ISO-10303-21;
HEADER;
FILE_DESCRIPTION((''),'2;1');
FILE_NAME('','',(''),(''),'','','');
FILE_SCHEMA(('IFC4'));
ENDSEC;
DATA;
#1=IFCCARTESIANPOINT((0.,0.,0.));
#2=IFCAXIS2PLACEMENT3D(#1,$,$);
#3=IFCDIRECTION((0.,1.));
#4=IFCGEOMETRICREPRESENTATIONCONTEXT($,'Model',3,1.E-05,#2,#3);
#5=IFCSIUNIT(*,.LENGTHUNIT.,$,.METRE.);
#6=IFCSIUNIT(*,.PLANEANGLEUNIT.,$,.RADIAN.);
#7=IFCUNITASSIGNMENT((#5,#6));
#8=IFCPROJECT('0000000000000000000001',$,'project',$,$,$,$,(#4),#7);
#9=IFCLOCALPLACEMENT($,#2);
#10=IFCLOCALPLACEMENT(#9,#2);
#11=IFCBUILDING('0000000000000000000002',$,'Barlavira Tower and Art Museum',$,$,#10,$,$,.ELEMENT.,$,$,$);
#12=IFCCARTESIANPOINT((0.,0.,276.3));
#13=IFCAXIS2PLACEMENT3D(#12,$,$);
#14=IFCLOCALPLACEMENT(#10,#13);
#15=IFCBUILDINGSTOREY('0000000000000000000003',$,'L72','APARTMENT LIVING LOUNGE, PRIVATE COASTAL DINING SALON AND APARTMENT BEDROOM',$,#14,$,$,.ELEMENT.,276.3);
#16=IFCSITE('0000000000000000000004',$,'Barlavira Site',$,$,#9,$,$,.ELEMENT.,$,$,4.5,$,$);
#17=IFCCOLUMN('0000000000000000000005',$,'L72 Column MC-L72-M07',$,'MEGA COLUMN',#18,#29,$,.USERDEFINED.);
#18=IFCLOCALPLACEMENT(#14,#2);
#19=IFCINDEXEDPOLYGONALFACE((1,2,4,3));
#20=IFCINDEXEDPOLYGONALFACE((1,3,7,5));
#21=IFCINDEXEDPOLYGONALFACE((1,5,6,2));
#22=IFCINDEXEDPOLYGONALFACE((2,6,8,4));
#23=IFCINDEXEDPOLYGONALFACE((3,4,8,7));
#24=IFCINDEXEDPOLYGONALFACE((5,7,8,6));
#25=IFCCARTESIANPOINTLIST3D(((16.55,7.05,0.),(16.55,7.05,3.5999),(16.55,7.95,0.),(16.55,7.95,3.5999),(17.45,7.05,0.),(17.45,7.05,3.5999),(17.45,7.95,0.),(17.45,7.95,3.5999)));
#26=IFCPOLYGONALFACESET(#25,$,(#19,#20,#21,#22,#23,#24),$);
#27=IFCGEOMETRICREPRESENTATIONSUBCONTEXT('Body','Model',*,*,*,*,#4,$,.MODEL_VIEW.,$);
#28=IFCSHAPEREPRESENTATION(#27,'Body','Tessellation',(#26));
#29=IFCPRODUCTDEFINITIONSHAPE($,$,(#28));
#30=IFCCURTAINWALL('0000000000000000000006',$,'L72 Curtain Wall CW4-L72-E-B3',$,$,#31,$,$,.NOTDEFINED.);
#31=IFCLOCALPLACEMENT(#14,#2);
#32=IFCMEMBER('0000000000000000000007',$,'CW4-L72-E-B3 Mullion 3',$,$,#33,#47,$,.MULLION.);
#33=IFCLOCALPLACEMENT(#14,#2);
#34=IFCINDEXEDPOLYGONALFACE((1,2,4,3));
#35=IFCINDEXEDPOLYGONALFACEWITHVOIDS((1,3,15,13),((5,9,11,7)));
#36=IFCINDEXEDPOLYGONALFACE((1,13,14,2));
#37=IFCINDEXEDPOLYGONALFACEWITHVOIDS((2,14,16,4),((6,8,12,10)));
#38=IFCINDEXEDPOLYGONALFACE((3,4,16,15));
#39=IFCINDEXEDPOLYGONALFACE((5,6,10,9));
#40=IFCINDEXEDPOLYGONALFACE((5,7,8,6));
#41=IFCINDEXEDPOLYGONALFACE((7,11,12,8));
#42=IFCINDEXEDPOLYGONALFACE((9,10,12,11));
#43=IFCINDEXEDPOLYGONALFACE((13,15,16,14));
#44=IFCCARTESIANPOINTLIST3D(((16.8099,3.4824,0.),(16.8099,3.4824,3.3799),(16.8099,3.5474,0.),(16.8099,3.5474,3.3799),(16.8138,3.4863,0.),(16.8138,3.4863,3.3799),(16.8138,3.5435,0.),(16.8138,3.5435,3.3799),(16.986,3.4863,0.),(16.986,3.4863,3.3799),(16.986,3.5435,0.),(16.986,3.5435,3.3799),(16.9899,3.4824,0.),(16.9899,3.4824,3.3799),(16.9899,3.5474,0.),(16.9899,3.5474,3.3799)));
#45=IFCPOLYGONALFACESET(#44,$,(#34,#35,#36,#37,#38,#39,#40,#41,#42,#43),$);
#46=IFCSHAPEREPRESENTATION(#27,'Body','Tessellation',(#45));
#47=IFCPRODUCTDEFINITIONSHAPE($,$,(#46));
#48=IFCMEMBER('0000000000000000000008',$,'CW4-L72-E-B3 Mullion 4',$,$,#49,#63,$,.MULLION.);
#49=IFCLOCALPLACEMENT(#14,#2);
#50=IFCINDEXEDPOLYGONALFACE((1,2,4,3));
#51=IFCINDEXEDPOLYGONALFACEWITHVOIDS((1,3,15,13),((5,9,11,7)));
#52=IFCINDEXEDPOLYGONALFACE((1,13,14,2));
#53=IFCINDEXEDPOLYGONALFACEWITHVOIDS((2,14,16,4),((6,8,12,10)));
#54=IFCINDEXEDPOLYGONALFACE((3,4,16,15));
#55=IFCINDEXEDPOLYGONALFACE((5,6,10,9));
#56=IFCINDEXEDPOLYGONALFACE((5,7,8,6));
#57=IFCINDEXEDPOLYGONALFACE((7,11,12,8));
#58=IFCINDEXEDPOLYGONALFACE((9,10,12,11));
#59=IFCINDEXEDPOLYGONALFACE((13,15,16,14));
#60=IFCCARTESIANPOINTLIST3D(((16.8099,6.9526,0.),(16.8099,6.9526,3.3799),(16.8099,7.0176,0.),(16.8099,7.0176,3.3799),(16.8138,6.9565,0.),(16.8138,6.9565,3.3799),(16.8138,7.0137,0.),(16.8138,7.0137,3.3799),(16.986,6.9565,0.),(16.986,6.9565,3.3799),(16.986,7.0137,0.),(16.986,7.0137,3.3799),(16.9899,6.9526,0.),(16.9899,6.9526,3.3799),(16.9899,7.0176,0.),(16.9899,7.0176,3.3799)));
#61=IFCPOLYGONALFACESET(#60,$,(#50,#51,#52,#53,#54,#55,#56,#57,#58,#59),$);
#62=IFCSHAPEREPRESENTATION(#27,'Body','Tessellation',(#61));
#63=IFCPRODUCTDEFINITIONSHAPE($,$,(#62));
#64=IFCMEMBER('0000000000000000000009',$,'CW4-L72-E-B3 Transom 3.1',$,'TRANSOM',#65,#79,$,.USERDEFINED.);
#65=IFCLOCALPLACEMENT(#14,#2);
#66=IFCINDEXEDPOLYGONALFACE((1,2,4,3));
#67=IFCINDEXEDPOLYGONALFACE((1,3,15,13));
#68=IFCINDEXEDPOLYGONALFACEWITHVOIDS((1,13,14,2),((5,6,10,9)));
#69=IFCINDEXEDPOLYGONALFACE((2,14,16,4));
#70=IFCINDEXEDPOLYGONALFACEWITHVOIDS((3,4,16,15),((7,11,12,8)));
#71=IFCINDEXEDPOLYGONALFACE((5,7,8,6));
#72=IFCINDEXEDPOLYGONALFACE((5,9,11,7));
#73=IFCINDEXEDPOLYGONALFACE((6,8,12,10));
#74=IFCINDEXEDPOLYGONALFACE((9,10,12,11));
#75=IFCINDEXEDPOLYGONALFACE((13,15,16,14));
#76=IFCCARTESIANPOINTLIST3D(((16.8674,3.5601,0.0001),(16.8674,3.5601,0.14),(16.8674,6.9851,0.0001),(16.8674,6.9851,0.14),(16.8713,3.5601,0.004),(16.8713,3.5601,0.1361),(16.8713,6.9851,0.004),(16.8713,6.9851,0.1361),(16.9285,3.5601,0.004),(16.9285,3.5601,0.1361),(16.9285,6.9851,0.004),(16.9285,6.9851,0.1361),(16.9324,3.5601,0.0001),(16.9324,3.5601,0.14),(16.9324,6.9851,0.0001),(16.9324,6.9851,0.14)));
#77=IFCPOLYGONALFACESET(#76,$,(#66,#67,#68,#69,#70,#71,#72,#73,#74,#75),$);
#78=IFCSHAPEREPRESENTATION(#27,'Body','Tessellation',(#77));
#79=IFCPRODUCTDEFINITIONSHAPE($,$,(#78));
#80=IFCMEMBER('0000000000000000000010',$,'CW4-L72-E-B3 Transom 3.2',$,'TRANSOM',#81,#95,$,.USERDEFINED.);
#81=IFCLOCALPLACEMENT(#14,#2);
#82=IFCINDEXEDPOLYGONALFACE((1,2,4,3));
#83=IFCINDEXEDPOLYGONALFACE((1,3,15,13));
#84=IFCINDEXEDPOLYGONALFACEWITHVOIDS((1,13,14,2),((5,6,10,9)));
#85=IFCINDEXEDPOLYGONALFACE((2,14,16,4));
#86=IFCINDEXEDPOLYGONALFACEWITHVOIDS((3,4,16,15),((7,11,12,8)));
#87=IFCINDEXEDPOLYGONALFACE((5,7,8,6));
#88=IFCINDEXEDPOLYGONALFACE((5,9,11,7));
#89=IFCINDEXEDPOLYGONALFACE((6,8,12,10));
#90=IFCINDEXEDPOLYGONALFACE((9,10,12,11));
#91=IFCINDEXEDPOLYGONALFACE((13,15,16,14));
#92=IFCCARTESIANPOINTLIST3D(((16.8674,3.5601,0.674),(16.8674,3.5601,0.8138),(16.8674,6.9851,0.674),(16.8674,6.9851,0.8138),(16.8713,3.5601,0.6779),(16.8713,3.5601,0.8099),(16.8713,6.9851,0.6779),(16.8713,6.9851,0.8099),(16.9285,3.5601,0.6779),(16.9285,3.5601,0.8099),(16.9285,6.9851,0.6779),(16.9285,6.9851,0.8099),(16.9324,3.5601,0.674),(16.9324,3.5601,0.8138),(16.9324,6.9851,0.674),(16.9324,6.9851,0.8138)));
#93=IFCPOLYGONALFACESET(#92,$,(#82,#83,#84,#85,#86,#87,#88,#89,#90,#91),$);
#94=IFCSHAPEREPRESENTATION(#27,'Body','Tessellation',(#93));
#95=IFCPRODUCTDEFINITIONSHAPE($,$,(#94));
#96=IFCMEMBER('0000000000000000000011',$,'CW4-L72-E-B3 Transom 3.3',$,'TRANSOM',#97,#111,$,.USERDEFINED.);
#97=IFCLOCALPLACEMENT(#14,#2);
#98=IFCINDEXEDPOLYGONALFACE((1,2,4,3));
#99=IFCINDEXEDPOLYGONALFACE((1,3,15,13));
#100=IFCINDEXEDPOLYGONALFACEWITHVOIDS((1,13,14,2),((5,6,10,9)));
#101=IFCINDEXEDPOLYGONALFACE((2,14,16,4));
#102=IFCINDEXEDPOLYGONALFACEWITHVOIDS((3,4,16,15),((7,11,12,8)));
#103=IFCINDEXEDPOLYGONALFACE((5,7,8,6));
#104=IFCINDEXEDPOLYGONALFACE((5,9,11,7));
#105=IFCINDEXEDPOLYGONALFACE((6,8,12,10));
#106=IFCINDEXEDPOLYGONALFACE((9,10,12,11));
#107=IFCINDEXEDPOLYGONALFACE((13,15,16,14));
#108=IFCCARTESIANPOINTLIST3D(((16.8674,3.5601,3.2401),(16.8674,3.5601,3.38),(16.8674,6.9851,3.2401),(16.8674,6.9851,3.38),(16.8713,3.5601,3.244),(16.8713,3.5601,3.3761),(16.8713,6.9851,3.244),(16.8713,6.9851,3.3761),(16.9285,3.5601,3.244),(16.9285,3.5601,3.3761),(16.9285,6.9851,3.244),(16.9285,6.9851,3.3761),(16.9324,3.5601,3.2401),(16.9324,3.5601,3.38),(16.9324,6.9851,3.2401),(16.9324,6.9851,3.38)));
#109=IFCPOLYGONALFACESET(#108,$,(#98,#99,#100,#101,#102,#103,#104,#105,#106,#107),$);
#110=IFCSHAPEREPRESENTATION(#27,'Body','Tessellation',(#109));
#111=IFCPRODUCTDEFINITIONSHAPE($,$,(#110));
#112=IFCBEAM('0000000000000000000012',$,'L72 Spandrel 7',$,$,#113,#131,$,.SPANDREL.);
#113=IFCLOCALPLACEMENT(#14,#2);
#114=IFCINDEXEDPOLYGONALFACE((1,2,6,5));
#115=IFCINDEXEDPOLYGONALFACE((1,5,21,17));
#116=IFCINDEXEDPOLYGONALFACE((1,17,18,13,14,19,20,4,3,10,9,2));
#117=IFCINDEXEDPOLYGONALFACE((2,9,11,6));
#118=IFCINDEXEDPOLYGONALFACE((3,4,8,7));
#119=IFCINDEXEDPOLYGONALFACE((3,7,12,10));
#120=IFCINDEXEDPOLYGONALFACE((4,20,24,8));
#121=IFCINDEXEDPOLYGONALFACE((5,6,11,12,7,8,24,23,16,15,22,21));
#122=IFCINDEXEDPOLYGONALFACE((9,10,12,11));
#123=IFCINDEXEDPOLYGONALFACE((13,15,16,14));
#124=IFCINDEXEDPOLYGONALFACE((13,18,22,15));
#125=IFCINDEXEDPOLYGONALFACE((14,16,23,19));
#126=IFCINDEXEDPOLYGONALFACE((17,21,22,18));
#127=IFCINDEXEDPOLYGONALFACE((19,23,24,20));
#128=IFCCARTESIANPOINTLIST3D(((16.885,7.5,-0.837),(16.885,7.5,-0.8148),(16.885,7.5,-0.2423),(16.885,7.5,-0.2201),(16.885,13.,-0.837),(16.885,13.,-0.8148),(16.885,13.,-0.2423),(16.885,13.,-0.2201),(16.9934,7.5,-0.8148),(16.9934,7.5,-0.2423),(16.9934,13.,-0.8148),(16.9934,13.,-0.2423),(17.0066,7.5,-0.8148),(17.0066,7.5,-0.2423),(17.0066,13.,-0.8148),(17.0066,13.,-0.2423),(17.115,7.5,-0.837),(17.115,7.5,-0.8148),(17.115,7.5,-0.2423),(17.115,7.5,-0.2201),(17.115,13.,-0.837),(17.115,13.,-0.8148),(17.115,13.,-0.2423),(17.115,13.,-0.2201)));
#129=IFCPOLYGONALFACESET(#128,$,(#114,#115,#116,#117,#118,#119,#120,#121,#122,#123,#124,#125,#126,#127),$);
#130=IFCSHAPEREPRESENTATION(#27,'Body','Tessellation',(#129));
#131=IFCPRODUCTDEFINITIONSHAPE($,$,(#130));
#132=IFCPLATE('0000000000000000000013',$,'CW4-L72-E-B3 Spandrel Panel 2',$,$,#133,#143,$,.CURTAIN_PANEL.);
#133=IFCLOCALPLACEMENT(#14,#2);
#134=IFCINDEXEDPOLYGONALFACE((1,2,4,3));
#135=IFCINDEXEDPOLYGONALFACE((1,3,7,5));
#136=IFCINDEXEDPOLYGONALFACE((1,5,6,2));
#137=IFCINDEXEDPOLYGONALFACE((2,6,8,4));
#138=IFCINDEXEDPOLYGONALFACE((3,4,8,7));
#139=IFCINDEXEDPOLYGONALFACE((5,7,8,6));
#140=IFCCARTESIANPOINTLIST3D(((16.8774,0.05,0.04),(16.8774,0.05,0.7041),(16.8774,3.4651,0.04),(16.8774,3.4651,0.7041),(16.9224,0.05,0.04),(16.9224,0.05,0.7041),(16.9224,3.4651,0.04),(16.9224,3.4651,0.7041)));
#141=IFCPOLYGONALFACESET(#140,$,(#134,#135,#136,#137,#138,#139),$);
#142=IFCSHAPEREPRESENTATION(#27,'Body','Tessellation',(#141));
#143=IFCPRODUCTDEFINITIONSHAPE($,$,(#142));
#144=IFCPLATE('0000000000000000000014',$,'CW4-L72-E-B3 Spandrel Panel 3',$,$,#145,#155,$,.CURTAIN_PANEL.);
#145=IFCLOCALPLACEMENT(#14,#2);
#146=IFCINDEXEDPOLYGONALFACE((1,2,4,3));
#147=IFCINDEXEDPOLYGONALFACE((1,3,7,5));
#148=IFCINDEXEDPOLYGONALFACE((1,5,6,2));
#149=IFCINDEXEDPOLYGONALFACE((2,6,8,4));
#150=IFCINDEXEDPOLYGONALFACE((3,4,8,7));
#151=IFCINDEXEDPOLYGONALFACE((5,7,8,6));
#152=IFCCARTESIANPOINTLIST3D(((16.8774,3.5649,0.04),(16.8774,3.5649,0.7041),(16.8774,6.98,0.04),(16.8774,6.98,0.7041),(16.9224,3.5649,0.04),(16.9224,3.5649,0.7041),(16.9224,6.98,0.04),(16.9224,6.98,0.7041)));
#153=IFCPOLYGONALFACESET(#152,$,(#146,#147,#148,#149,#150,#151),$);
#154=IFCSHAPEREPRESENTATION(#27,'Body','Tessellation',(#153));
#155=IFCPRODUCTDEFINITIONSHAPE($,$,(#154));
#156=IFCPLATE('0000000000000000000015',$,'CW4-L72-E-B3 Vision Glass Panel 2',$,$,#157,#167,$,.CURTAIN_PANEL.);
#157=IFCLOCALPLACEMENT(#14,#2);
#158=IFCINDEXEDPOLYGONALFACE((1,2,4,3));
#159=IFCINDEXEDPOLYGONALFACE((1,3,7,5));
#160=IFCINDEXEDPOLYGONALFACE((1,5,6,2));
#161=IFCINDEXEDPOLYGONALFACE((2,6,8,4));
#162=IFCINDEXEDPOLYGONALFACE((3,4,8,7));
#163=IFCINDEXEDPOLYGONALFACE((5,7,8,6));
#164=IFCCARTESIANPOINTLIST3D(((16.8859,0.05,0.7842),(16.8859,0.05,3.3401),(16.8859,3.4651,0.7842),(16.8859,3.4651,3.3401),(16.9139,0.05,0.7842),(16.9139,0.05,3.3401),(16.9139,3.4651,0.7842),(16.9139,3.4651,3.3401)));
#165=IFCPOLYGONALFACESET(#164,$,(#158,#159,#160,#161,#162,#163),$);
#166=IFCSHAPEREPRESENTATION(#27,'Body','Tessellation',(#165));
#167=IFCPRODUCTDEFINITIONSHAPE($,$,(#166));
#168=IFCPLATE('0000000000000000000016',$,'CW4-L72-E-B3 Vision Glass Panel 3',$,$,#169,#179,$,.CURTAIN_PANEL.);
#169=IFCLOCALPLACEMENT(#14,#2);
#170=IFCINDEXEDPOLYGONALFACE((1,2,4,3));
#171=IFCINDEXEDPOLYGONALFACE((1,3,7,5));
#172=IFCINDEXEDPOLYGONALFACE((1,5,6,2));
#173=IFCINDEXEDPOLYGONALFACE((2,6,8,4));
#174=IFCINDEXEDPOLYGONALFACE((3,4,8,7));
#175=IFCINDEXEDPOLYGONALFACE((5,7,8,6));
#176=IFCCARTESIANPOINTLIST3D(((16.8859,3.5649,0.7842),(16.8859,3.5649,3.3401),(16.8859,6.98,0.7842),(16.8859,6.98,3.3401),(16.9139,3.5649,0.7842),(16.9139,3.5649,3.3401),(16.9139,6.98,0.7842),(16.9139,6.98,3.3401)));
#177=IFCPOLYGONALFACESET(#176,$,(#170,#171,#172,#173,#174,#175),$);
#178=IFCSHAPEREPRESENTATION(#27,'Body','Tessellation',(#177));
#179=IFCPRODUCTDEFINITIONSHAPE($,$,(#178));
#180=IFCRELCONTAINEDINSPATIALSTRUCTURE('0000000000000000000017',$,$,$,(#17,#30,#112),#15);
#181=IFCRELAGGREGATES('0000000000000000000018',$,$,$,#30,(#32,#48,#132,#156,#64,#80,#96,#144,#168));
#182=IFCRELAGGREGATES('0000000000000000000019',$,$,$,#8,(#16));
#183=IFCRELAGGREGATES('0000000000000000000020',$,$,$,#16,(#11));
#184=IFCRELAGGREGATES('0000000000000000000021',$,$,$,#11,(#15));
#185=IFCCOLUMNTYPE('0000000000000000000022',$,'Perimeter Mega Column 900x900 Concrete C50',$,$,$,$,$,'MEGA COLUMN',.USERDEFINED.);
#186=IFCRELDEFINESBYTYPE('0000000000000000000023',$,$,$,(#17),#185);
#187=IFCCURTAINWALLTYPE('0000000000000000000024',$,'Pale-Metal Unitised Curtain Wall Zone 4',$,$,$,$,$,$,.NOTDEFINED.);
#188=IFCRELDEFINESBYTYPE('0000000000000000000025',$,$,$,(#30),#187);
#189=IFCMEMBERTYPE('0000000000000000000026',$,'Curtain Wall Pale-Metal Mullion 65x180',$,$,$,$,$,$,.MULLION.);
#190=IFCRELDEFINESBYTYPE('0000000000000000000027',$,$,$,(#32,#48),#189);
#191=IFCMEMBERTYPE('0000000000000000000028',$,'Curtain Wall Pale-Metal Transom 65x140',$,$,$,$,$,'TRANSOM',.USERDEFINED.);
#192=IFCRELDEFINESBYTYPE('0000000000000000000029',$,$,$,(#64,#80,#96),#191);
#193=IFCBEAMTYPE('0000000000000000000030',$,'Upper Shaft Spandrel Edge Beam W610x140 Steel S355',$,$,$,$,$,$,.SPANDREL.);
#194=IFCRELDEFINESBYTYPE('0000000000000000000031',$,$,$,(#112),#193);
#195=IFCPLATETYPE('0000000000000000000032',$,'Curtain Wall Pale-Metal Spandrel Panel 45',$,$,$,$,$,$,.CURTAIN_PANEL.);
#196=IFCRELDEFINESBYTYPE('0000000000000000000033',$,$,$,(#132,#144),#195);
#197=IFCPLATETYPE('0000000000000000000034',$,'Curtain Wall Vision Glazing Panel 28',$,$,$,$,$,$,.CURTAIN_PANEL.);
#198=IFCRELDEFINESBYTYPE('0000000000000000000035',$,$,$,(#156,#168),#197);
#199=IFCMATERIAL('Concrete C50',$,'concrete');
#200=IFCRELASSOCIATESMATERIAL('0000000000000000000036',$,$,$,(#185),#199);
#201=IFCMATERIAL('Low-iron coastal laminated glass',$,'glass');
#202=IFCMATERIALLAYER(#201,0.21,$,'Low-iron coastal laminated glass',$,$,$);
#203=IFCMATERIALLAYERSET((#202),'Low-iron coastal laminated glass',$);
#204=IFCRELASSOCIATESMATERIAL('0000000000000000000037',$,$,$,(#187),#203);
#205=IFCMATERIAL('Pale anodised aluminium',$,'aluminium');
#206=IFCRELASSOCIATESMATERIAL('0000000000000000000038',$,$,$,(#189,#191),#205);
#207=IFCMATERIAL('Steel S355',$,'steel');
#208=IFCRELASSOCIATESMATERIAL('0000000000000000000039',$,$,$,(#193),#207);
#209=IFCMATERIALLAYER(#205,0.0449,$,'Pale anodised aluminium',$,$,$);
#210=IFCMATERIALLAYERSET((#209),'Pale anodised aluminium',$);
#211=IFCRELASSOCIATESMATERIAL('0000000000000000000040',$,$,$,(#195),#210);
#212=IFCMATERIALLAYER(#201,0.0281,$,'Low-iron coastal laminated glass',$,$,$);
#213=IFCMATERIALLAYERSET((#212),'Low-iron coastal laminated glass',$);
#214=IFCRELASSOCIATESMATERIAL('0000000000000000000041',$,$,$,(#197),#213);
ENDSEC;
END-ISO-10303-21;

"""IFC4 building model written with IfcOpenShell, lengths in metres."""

from ifc_helpers import new_model, si_unit, direction, frame, origin, origin_2d, place, context, subcontext, project, spatial, rectangle, hollow_rectangle, i_section, extrude, material, layer, layer_set, material_profile, profile_set, type_object, element, aggregate, save


model = new_model("IFC4")

# Units and contexts
model_context = context("Model", 3, precision=1e-05, world=origin(), true_north=direction((0.0, 1.0)))
body_context = subcontext(model_context, "Body", "Model", "MODEL_VIEW")
ifc_project = project(units=[si_unit("LENGTHUNIT", "METRE"), si_unit("PLANEANGLEUNIT", "RADIAN")], contexts=[model_context])

# Site, building, storey
site_placement = place(None, origin())
site = spatial("IfcSite", under=ifc_project, at=site_placement, Name="Barlavira Site", CompositionType="ELEMENT", RefElevation=4.5)
building_placement = place(site_placement, origin())
building = spatial("IfcBuilding", under=site, at=building_placement, Name="Barlavira Tower and Art Museum", CompositionType="ELEMENT")
storey_placement = place(building_placement, frame((0.0, 0.0, 276.3)))
storey = spatial("IfcBuildingStorey", under=building, at=storey_placement, Name="L72", Description="APARTMENT LIVING LOUNGE, PRIVATE COASTAL DINING SALON AND APARTMENT BEDROOM", CompositionType="ELEMENT", Elevation=276.3)

# Column
ifc_material_1 = material(Name="Concrete C50", Category="concrete")
ifc_material_profile_1 = material_profile(ifc_material_1, rectangle(XDim=0.8999, YDim=0.8999, at=origin_2d()), Name="RC-COL 900x900")
ifc_profile_set_1 = profile_set([ifc_material_profile_1], Name="Concrete C50")
column_type = type_object("IfcColumnType", Name="Perimeter Mega Column 900x900 Concrete C50", ElementType="MEGA COLUMN", PredefinedType="USERDEFINED", material=ifc_profile_set_1)
column_placement = place(storey_placement, frame((17.0, 7.5, 0.0), z_axis=(0.0, 0.0, 1.0), x_axis=(1.0, 0.0, 0.0)))
element("IfcColumn", 1, at=column_placement, inside=storey, type_object=column_type, Name="L72 Column MC-L72-M07", ObjectType="MEGA COLUMN", PredefinedType="USERDEFINED", context=body_context, shape_type="SweptSolid", body=[
    extrude(rectangle(XDim=0.8999, YDim=0.8999, at=origin_2d()), origin(), (0.0, 0.0, 1.0), 3.5999),
])

# Curtain wall, members
ifc_material_2 = material(Name="Low-iron coastal laminated glass", Category="glass")
ifc_layer_1 = layer(ifc_material_2, 0.21, Name="Low-iron coastal laminated glass")
ifc_layer_set_1 = layer_set([ifc_layer_1], Name="Low-iron coastal laminated glass")
curtain_wall_type = type_object("IfcCurtainWallType", Name="Pale-Metal Unitised Curtain Wall Zone 4", PredefinedType="NOTDEFINED", material=ifc_layer_set_1)
curtain_wall_placement = place(storey_placement, origin())
curtain_wall = element("IfcCurtainWall", 2, at=curtain_wall_placement, inside=storey, type_object=curtain_wall_type, Name="L72 Curtain Wall CW4-L72-E-B3", PredefinedType="NOTDEFINED")
ifc_material_3 = material(Name="Pale anodised aluminium", Category="aluminium")
ifc_material_profile_2 = material_profile(ifc_material_3, hollow_rectangle(XDim=0.0649, YDim=0.1799, WallThickness=0.0039, at=origin_2d()), Name="ALU-MULL 65x180x4")
ifc_profile_set_2 = profile_set([ifc_material_profile_2], Name="Pale anodised aluminium")
member_type_1 = type_object("IfcMemberType", Name="Curtain Wall Pale-Metal Mullion 65x180", PredefinedType="MULLION", material=ifc_profile_set_2)
member_1_placement = place(storey_placement, frame((16.8999, 3.5149, 0.0), z_axis=(0.0, 0.0, 1.0), x_axis=(0.0, 1.0, 0.0)))
member_1 = element("IfcMember", 3, at=member_1_placement, type_object=member_type_1, Name="CW4-L72-E-B3 Mullion 3", PredefinedType="MULLION", context=body_context, shape_type="SweptSolid", body=[
    extrude(hollow_rectangle(XDim=0.0649, YDim=0.1799, WallThickness=0.0039, at=origin_2d()), origin(), (0.0, 0.0, 1.0), 3.3799),
])
member_2_placement = place(storey_placement, frame((16.8999, 6.9851, 0.0), z_axis=(0.0, 0.0, 1.0), x_axis=(0.0, 1.0, 0.0)))
member_2 = element("IfcMember", 4, at=member_2_placement, type_object=member_type_1, Name="CW4-L72-E-B3 Mullion 4", PredefinedType="MULLION", context=body_context, shape_type="SweptSolid", body=[
    extrude(hollow_rectangle(XDim=0.0649, YDim=0.1799, WallThickness=0.0039, at=origin_2d()), origin(), (0.0, 0.0, 1.0), 3.3799),
])
ifc_material_profile_3 = material_profile(ifc_material_3, hollow_rectangle(XDim=0.0649, YDim=0.1399, WallThickness=0.0039, at=origin_2d()), Name="ALU-TRAN 65x140x4")
ifc_profile_set_3 = profile_set([ifc_material_profile_3], Name="Pale anodised aluminium")
member_type_2 = type_object("IfcMemberType", Name="Curtain Wall Pale-Metal Transom 65x140", ElementType="TRANSOM", PredefinedType="USERDEFINED", material=ifc_profile_set_3)
member_3_placement = place(storey_placement, frame((16.8999, 3.5601, 0.0701), z_axis=(0.0, 1.0, 0.0), x_axis=(-1.0, 0.0, 0.0)))
member_3 = element("IfcMember", 5, at=member_3_placement, type_object=member_type_2, Name="CW4-L72-E-B3 Transom 3.1", ObjectType="TRANSOM", PredefinedType="USERDEFINED", context=body_context, shape_type="SweptSolid", body=[
    extrude(hollow_rectangle(XDim=0.0649, YDim=0.1399, WallThickness=0.0039, at=origin_2d()), origin(), (0.0, 0.0, 1.0), 3.425),
])
member_4_placement = place(storey_placement, frame((16.8999, 3.5601, 0.7439), z_axis=(0.0, 1.0, 0.0), x_axis=(-1.0, 0.0, 0.0)))
member_4 = element("IfcMember", 6, at=member_4_placement, type_object=member_type_2, Name="CW4-L72-E-B3 Transom 3.2", ObjectType="TRANSOM", PredefinedType="USERDEFINED", context=body_context, shape_type="SweptSolid", body=[
    extrude(hollow_rectangle(XDim=0.0649, YDim=0.1399, WallThickness=0.0039, at=origin_2d()), origin(), (0.0, 0.0, 1.0), 3.425),
])
member_5_placement = place(storey_placement, frame((16.8999, 3.5601, 3.3101), z_axis=(0.0, 1.0, 0.0), x_axis=(-1.0, 0.0, 0.0)))
member_5 = element("IfcMember", 7, at=member_5_placement, type_object=member_type_2, Name="CW4-L72-E-B3 Transom 3.3", ObjectType="TRANSOM", PredefinedType="USERDEFINED", context=body_context, shape_type="SweptSolid", body=[
    extrude(hollow_rectangle(XDim=0.0649, YDim=0.1399, WallThickness=0.0039, at=origin_2d()), origin(), (0.0, 0.0, 1.0), 3.425),
])

# Beam
ifc_material_4 = material(Name="Steel S355", Category="steel")
ifc_material_profile_4 = material_profile(ifc_material_4, i_section(OverallWidth=0.23, OverallDepth=0.6169, WebThickness=0.0132, FlangeThickness=0.0222, at=origin_2d()), Name="W610x140.0")
ifc_profile_set_4 = profile_set([ifc_material_profile_4], Name="Steel S355")
beam_type = type_object("IfcBeamType", Name="Upper Shaft Spandrel Edge Beam W610x140 Steel S355", PredefinedType="SPANDREL", material=ifc_profile_set_4)
beam_placement = place(storey_placement, frame((17.0, 7.5, -0.5286), z_axis=(0.0, 1.0, 0.0), x_axis=(-1.0, 0.0, 0.0)))
element("IfcBeam", 8, at=beam_placement, inside=storey, type_object=beam_type, Name="L72 Spandrel 7", PredefinedType="SPANDREL", context=body_context, shape_type="SweptSolid", body=[
    extrude(i_section(OverallWidth=0.23, OverallDepth=0.6169, WebThickness=0.0132, FlangeThickness=0.0222, at=origin_2d()), origin(), (0.0, 0.0, 1.0), 5.5),
])

# Plates
ifc_layer_2 = layer(ifc_material_3, 0.0449, Name="Pale anodised aluminium")
ifc_layer_set_2 = layer_set([ifc_layer_2], Name="Pale anodised aluminium")
plate_type_1 = type_object("IfcPlateType", Name="Curtain Wall Pale-Metal Spandrel Panel 45", PredefinedType="CURTAIN_PANEL", material=ifc_layer_set_2)
plate_1_placement = place(storey_placement, frame((16.8999, 1.7576, 0.04), z_axis=(0.0, 0.0, 1.0), x_axis=(0.0, 1.0, 0.0)))
plate_1 = element("IfcPlate", 9, at=plate_1_placement, type_object=plate_type_1, Name="CW4-L72-E-B3 Spandrel Panel 2", PredefinedType="CURTAIN_PANEL", context=body_context, shape_type="SweptSolid", body=[
    extrude(rectangle(XDim=3.415, YDim=0.0449, at=origin_2d()), origin(), (0.0, 0.0, 1.0), 0.6641),
])
plate_2_placement = place(storey_placement, frame((16.8999, 5.2725, 0.04), z_axis=(0.0, 0.0, 1.0), x_axis=(0.0, 1.0, 0.0)))
plate_2 = element("IfcPlate", 10, at=plate_2_placement, type_object=plate_type_1, Name="CW4-L72-E-B3 Spandrel Panel 3", PredefinedType="CURTAIN_PANEL", context=body_context, shape_type="SweptSolid", body=[
    extrude(rectangle(XDim=3.415, YDim=0.0449, at=origin_2d()), origin(), (0.0, 0.0, 1.0), 0.6641),
])
ifc_layer_3 = layer(ifc_material_2, 0.0281, Name="Low-iron coastal laminated glass")
ifc_layer_set_3 = layer_set([ifc_layer_3], Name="Low-iron coastal laminated glass")
plate_type_2 = type_object("IfcPlateType", Name="Curtain Wall Vision Glazing Panel 28", PredefinedType="CURTAIN_PANEL", material=ifc_layer_set_3)
plate_3_placement = place(storey_placement, frame((16.8999, 1.7576, 0.7842), z_axis=(0.0, 0.0, 1.0), x_axis=(0.0, 1.0, 0.0)))
plate_3 = element("IfcPlate", 11, at=plate_3_placement, type_object=plate_type_2, Name="CW4-L72-E-B3 Vision Glass Panel 2", PredefinedType="CURTAIN_PANEL", context=body_context, shape_type="SweptSolid", body=[
    extrude(rectangle(XDim=3.415, YDim=0.0281, at=origin_2d()), origin(), (0.0, 0.0, 1.0), 2.5559),
])
plate_4_placement = place(storey_placement, frame((16.8999, 5.2725, 0.7842), z_axis=(0.0, 0.0, 1.0), x_axis=(0.0, 1.0, 0.0)))
plate_4 = element("IfcPlate", 12, at=plate_4_placement, type_object=plate_type_2, Name="CW4-L72-E-B3 Vision Glass Panel 3", PredefinedType="CURTAIN_PANEL", context=body_context, shape_type="SweptSolid", body=[
    extrude(rectangle(XDim=3.415, YDim=0.0281, at=origin_2d()), origin(), (0.0, 0.0, 1.0), 2.5559),
])
aggregate(curtain_wall, [member_1, member_2, plate_1, plate_3, member_3, member_4, member_5, plate_2, plate_4])

save(model, "model.ifc")
